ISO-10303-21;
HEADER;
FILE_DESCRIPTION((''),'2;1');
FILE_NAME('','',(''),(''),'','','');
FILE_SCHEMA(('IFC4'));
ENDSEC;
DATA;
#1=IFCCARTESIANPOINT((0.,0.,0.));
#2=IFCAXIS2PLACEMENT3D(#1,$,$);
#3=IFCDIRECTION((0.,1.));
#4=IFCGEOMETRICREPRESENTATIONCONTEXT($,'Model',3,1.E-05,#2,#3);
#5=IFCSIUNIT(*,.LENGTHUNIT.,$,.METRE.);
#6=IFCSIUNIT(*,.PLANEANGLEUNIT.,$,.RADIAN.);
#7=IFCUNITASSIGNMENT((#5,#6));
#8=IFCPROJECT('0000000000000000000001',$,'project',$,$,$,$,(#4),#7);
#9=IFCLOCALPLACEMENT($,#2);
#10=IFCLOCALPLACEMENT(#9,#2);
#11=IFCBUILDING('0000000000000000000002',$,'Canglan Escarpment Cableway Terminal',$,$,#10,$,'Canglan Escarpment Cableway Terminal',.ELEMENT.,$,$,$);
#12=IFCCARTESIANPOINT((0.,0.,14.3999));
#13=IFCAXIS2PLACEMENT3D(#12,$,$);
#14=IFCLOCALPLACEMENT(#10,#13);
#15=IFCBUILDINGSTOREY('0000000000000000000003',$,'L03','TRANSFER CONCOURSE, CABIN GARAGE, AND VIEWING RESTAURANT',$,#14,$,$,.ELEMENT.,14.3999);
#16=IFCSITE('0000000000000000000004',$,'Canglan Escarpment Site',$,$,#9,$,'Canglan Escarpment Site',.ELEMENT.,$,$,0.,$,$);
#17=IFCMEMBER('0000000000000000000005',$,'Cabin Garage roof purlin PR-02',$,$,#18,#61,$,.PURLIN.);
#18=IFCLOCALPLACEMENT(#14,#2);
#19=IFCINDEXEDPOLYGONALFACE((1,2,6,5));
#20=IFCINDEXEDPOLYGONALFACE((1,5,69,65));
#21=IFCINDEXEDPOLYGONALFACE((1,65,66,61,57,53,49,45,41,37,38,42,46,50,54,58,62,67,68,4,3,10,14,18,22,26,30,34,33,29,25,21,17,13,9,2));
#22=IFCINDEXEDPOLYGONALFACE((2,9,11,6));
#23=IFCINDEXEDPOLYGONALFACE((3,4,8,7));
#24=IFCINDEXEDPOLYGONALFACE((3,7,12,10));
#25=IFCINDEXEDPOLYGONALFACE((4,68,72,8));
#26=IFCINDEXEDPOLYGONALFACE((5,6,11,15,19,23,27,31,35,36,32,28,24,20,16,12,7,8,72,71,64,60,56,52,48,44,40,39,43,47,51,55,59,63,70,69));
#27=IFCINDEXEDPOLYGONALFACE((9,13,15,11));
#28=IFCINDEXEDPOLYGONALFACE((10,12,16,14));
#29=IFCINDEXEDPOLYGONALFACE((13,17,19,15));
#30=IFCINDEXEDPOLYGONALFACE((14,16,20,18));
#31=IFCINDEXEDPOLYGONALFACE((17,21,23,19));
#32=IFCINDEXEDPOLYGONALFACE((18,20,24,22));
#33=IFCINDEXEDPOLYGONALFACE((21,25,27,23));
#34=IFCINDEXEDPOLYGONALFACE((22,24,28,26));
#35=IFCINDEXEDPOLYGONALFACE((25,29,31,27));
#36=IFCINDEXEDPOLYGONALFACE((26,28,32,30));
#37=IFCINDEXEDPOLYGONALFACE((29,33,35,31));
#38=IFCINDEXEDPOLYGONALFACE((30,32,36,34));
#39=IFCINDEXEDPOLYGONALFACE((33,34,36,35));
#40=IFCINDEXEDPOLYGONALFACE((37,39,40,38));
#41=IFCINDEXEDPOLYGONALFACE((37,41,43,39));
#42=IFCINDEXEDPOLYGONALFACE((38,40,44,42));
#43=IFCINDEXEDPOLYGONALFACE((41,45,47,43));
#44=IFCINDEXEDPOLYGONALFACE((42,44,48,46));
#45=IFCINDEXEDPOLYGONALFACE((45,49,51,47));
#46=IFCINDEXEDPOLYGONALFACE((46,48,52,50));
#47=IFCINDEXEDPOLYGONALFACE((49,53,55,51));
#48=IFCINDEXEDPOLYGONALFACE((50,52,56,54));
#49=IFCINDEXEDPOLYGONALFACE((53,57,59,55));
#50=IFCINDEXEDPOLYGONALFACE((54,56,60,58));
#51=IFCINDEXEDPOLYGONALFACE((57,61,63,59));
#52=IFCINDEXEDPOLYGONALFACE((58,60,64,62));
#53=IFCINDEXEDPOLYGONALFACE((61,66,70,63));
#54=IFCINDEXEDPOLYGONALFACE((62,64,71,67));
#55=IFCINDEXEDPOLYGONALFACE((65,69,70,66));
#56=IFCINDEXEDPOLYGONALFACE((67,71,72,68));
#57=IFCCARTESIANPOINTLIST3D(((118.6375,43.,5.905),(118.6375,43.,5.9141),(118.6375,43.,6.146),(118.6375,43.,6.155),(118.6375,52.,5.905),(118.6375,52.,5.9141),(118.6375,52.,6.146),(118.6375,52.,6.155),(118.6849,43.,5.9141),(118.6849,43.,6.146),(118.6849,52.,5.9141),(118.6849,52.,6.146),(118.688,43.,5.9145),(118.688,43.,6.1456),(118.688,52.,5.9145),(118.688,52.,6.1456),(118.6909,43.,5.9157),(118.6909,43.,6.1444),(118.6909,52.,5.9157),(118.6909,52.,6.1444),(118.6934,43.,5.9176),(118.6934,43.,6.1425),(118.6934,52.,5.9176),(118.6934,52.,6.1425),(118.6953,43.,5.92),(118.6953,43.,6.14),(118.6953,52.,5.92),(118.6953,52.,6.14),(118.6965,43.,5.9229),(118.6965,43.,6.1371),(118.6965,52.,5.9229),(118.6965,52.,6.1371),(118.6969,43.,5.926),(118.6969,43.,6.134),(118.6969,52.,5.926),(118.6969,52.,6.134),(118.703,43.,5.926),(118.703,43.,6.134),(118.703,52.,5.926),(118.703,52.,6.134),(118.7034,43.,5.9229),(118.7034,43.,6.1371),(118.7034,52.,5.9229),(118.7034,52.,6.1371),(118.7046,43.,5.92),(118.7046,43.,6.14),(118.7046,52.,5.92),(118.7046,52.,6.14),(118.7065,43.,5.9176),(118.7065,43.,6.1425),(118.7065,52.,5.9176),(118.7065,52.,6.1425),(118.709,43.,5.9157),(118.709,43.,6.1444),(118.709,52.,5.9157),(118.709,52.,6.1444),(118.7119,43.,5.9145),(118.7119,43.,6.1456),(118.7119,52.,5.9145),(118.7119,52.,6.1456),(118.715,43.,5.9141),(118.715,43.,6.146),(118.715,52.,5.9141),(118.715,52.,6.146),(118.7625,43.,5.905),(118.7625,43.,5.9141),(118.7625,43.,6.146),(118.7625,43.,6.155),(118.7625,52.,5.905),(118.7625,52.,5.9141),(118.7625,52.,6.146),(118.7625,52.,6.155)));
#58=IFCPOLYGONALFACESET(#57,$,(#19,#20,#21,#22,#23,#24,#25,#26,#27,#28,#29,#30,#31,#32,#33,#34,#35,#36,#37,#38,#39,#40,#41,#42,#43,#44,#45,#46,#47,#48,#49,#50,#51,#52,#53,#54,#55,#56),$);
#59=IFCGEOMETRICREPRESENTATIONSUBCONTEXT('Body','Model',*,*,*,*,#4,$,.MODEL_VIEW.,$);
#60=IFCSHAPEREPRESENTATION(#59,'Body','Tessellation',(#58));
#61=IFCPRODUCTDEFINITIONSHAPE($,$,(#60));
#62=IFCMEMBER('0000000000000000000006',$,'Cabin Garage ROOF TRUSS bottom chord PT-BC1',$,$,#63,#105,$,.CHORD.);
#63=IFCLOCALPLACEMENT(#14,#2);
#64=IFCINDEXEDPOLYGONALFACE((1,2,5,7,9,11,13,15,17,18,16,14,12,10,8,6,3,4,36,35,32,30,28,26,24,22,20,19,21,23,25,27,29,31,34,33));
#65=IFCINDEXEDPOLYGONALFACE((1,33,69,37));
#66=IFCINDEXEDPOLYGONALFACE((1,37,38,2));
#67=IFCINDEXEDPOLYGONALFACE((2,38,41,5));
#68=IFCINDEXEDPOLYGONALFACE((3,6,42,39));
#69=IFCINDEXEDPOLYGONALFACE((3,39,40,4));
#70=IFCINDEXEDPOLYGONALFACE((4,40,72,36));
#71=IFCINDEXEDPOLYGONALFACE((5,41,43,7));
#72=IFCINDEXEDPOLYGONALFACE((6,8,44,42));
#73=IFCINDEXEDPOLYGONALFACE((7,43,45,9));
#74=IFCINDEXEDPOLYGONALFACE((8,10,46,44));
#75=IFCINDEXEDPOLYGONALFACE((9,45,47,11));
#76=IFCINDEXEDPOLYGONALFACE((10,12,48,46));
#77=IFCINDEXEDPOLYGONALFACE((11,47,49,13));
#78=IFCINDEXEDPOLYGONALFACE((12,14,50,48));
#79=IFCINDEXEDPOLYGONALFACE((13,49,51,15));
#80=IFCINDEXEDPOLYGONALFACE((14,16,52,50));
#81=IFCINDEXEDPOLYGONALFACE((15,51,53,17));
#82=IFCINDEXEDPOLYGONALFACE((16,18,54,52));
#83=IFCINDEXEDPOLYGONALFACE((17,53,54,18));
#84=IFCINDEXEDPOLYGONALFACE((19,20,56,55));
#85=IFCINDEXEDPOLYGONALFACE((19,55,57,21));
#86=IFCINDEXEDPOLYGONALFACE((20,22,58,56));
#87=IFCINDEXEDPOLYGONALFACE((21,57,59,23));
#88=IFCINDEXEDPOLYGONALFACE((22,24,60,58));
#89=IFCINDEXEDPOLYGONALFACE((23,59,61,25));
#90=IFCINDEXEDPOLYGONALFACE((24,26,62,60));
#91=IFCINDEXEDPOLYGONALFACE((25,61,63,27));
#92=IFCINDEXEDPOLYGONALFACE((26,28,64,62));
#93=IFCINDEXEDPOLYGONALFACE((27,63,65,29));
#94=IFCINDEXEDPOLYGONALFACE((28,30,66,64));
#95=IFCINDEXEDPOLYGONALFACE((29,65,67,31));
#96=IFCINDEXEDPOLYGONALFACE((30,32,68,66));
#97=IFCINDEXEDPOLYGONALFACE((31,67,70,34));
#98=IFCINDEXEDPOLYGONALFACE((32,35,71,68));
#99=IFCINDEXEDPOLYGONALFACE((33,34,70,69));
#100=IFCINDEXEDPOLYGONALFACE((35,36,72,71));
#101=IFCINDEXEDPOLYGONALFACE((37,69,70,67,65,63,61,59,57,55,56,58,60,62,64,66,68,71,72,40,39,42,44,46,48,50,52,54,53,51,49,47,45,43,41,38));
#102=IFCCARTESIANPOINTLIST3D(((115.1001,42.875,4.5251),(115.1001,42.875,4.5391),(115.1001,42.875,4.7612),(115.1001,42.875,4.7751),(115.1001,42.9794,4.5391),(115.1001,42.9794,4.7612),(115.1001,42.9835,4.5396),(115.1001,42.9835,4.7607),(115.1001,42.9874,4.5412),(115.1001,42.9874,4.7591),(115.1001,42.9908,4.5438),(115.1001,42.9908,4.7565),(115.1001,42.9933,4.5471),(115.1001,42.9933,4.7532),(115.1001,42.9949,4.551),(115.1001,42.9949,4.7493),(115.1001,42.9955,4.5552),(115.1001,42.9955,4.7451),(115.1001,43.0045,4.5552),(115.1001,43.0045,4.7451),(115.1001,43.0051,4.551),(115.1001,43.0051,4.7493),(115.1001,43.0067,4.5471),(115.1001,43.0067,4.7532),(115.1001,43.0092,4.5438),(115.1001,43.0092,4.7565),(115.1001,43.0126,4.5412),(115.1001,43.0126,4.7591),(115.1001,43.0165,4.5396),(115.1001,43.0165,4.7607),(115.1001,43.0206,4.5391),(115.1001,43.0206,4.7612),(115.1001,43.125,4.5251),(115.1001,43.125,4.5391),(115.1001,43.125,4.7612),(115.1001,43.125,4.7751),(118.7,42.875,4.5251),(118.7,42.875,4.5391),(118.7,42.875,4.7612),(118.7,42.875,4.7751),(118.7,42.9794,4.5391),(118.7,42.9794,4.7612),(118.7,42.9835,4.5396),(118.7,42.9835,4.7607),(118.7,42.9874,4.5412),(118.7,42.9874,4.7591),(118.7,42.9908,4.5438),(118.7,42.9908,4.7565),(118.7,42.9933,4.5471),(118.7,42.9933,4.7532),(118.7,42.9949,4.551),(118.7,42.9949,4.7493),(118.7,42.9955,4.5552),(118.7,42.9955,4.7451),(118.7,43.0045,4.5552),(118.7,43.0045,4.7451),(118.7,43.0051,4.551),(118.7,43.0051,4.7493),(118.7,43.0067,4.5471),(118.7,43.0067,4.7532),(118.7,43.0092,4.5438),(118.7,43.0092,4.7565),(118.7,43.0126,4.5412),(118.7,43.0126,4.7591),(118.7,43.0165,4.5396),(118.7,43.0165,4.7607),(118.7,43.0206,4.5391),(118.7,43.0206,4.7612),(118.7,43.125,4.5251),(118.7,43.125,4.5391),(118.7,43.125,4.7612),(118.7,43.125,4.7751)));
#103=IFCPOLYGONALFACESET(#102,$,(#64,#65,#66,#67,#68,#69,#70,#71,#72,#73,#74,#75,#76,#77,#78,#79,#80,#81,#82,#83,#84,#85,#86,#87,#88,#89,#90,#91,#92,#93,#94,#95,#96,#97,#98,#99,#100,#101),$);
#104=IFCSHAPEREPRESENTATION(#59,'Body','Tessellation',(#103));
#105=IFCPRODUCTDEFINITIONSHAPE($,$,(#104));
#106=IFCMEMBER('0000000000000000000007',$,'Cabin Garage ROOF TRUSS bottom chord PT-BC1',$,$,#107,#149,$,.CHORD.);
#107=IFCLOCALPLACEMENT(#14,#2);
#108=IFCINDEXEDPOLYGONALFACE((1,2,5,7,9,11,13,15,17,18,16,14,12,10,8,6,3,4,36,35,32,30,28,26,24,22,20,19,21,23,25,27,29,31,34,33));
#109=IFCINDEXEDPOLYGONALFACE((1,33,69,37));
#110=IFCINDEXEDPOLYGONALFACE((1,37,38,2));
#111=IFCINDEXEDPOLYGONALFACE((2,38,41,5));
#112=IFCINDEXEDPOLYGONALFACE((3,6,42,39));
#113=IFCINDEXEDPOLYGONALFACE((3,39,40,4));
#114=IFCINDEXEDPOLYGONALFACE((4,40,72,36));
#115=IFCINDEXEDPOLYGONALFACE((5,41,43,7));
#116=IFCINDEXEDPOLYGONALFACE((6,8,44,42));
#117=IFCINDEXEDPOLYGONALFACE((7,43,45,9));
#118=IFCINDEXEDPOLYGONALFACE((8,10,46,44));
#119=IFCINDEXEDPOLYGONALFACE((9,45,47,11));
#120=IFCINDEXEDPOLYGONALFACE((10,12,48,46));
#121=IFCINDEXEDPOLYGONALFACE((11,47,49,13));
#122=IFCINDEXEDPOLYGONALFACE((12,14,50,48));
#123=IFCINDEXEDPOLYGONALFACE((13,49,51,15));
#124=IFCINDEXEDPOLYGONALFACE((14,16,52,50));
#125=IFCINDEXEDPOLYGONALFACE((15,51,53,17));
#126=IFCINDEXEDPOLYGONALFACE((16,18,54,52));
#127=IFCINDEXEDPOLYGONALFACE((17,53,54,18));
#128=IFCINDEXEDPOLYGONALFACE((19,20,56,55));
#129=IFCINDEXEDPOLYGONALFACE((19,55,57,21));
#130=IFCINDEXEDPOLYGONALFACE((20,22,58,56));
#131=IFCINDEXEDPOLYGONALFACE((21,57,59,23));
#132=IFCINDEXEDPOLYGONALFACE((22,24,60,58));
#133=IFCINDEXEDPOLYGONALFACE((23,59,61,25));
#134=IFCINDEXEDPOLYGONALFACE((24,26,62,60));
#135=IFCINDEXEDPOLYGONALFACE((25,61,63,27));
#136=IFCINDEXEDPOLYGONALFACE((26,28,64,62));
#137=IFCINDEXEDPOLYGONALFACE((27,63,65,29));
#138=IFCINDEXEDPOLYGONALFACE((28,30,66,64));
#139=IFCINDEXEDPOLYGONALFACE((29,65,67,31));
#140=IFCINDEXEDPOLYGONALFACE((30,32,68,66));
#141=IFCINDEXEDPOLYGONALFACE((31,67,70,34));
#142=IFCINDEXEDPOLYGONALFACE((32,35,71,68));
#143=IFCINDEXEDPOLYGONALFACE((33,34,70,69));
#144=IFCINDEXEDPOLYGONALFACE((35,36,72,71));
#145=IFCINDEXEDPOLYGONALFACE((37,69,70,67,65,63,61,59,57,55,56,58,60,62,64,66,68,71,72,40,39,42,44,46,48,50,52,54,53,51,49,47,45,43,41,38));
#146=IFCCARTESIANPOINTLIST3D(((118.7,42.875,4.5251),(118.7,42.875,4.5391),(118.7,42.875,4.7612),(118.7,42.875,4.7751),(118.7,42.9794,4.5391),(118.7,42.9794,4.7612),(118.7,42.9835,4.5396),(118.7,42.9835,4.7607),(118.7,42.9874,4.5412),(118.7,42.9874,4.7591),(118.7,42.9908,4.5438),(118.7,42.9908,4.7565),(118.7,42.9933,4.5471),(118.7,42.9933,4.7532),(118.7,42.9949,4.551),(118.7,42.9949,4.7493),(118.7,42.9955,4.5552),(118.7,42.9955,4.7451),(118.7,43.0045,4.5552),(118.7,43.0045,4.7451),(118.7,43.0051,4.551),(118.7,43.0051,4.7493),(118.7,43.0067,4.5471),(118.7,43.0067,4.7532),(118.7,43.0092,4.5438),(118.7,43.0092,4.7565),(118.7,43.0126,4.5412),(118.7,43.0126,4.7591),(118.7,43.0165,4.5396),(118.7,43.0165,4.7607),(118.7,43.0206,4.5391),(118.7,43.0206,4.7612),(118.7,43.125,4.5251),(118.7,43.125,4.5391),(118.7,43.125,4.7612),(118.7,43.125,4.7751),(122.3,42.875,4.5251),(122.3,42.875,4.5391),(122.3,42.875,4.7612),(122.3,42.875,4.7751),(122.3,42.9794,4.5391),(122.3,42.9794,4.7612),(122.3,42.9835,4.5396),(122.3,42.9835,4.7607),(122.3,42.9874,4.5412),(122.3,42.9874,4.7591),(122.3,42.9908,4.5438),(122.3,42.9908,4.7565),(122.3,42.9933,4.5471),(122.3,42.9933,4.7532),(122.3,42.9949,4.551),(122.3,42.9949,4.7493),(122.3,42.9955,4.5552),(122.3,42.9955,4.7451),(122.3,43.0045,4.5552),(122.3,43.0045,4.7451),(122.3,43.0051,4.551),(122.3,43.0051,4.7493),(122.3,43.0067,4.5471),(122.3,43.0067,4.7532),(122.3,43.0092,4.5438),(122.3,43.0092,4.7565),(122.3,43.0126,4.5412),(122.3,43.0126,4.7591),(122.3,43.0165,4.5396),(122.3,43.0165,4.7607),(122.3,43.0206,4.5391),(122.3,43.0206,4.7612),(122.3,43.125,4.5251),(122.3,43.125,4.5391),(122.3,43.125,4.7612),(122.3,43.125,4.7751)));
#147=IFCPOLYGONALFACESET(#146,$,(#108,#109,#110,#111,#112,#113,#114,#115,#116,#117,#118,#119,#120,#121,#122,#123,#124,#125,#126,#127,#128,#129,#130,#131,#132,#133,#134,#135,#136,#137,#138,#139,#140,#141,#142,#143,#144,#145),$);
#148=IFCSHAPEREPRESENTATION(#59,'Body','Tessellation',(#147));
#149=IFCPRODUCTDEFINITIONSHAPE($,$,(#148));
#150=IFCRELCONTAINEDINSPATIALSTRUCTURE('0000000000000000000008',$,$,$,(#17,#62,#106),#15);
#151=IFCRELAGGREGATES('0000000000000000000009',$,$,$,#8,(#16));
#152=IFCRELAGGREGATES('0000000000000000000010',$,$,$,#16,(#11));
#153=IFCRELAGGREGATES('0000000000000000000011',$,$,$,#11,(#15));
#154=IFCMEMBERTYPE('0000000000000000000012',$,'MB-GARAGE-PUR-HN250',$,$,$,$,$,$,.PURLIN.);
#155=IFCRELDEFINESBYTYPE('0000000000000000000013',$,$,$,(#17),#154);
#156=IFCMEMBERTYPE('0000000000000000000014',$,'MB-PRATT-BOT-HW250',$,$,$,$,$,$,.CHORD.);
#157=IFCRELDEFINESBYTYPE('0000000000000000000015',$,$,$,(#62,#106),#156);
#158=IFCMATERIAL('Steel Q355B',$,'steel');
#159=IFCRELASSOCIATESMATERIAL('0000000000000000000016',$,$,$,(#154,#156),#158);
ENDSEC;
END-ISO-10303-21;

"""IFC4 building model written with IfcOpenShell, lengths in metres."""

from ifc_helpers import new_model, si_unit, direction, frame, origin, origin_2d, place, context, subcontext, project, spatial, i_section, extrude, material, material_profile, profile_set, type_object, element, save


model = new_model("IFC4")

# Units and contexts
model_context = context("Model", 3, precision=1e-05, world=origin(), true_north=direction((0.0, 1.0)))
body_context = subcontext(model_context, "Body", "Model", "MODEL_VIEW")
ifc_project = project(units=[si_unit("LENGTHUNIT", "METRE"), si_unit("PLANEANGLEUNIT", "RADIAN")], contexts=[model_context])

# Site, building, storey
site_placement = place(None, origin())
site = spatial("IfcSite", under=ifc_project, at=site_placement, Name="Canglan Escarpment Site", LongName="Canglan Escarpment Site", CompositionType="ELEMENT", RefElevation=0.0)
building_placement = place(site_placement, origin())
building = spatial("IfcBuilding", under=site, at=building_placement, Name="Canglan Escarpment Cableway Terminal", LongName="Canglan Escarpment Cableway Terminal", CompositionType="ELEMENT")
storey_placement = place(building_placement, frame((0.0, 0.0, 14.3999)))
storey = spatial("IfcBuildingStorey", under=building, at=storey_placement, Name="L03", Description="TRANSFER CONCOURSE, CABIN GARAGE, AND VIEWING RESTAURANT", CompositionType="ELEMENT", Elevation=14.3999)

# Shared definitions
ifc_material_1 = material(Name="Steel Q355B", Category="steel")

# Members
ifc_material_profile_1 = material_profile(ifc_material_1, i_section(OverallWidth=0.125, OverallDepth=0.25, WebThickness=0.0061, FlangeThickness=0.009, FilletRadius=0.012, at=origin_2d()), Name="HN 250x125x6x9")
ifc_profile_set_1 = profile_set([ifc_material_profile_1], Name="Steel Q355B")
member_type_1 = type_object("IfcMemberType", Name="MB-GARAGE-PUR-HN250", PredefinedType="PURLIN", material=ifc_profile_set_1)
for number, where, z_axis, x_axis, name in (
    (1, (118.7, 43.0, 6.03), (0.0, 1.0, 0.0), (-1.0, 0.0, 0.0), "Cabin Garage roof purlin PR-02"),
):
    element("IfcMember", number, at=place(storey_placement, frame(where, z_axis=z_axis, x_axis=x_axis)), inside=storey, type_object=member_type_1, Name=name, PredefinedType="PURLIN", context=body_context, shape_type="SweptSolid", body=[
        extrude(i_section(OverallWidth=0.125, OverallDepth=0.25, WebThickness=0.0061, FlangeThickness=0.009, FilletRadius=0.012, at=origin_2d()), origin(), (0.0, 0.0, 1.0), 9.0),
    ])
ifc_material_profile_2 = material_profile(ifc_material_1, i_section(OverallWidth=0.25, OverallDepth=0.25, WebThickness=0.009, FlangeThickness=0.0139, FilletRadius=0.0161, at=origin_2d()), Name="HW 250x250x9x14")
ifc_profile_set_2 = profile_set([ifc_material_profile_2], Name="Steel Q355B")
member_type_2 = type_object("IfcMemberType", Name="MB-PRATT-BOT-HW250", PredefinedType="CHORD", material=ifc_profile_set_2)
member_1_placement = place(storey_placement, frame((115.1001, 43.0, 4.6501), z_axis=(1.0, 0.0, 0.0), x_axis=(0.0, 1.0, 0.0)))
element("IfcMember", 2, at=member_1_placement, inside=storey, type_object=member_type_2, Name="Cabin Garage ROOF TRUSS bottom chord PT-BC1", PredefinedType="CHORD", context=body_context, shape_type="SweptSolid", body=[
    extrude(i_section(OverallWidth=0.25, OverallDepth=0.25, WebThickness=0.009, FlangeThickness=0.0139, FilletRadius=0.0161, at=origin_2d()), origin(), (0.0, 0.0, 1.0), 3.5999),
])
member_2_placement = place(storey_placement, frame((118.7, 43.0, 4.6501), z_axis=(1.0, 0.0, 0.0), x_axis=(0.0, 1.0, 0.0)))
element("IfcMember", 3, at=member_2_placement, inside=storey, type_object=member_type_2, Name="Cabin Garage ROOF TRUSS bottom chord PT-BC1", PredefinedType="CHORD", context=body_context, shape_type="SweptSolid", body=[
    extrude(i_section(OverallWidth=0.25, OverallDepth=0.25, WebThickness=0.009, FlangeThickness=0.0139, FilletRadius=0.0161, at=origin_2d()), origin(), (0.0, 0.0, 1.0), 3.6001),
])

save(model, "model.ifc")
